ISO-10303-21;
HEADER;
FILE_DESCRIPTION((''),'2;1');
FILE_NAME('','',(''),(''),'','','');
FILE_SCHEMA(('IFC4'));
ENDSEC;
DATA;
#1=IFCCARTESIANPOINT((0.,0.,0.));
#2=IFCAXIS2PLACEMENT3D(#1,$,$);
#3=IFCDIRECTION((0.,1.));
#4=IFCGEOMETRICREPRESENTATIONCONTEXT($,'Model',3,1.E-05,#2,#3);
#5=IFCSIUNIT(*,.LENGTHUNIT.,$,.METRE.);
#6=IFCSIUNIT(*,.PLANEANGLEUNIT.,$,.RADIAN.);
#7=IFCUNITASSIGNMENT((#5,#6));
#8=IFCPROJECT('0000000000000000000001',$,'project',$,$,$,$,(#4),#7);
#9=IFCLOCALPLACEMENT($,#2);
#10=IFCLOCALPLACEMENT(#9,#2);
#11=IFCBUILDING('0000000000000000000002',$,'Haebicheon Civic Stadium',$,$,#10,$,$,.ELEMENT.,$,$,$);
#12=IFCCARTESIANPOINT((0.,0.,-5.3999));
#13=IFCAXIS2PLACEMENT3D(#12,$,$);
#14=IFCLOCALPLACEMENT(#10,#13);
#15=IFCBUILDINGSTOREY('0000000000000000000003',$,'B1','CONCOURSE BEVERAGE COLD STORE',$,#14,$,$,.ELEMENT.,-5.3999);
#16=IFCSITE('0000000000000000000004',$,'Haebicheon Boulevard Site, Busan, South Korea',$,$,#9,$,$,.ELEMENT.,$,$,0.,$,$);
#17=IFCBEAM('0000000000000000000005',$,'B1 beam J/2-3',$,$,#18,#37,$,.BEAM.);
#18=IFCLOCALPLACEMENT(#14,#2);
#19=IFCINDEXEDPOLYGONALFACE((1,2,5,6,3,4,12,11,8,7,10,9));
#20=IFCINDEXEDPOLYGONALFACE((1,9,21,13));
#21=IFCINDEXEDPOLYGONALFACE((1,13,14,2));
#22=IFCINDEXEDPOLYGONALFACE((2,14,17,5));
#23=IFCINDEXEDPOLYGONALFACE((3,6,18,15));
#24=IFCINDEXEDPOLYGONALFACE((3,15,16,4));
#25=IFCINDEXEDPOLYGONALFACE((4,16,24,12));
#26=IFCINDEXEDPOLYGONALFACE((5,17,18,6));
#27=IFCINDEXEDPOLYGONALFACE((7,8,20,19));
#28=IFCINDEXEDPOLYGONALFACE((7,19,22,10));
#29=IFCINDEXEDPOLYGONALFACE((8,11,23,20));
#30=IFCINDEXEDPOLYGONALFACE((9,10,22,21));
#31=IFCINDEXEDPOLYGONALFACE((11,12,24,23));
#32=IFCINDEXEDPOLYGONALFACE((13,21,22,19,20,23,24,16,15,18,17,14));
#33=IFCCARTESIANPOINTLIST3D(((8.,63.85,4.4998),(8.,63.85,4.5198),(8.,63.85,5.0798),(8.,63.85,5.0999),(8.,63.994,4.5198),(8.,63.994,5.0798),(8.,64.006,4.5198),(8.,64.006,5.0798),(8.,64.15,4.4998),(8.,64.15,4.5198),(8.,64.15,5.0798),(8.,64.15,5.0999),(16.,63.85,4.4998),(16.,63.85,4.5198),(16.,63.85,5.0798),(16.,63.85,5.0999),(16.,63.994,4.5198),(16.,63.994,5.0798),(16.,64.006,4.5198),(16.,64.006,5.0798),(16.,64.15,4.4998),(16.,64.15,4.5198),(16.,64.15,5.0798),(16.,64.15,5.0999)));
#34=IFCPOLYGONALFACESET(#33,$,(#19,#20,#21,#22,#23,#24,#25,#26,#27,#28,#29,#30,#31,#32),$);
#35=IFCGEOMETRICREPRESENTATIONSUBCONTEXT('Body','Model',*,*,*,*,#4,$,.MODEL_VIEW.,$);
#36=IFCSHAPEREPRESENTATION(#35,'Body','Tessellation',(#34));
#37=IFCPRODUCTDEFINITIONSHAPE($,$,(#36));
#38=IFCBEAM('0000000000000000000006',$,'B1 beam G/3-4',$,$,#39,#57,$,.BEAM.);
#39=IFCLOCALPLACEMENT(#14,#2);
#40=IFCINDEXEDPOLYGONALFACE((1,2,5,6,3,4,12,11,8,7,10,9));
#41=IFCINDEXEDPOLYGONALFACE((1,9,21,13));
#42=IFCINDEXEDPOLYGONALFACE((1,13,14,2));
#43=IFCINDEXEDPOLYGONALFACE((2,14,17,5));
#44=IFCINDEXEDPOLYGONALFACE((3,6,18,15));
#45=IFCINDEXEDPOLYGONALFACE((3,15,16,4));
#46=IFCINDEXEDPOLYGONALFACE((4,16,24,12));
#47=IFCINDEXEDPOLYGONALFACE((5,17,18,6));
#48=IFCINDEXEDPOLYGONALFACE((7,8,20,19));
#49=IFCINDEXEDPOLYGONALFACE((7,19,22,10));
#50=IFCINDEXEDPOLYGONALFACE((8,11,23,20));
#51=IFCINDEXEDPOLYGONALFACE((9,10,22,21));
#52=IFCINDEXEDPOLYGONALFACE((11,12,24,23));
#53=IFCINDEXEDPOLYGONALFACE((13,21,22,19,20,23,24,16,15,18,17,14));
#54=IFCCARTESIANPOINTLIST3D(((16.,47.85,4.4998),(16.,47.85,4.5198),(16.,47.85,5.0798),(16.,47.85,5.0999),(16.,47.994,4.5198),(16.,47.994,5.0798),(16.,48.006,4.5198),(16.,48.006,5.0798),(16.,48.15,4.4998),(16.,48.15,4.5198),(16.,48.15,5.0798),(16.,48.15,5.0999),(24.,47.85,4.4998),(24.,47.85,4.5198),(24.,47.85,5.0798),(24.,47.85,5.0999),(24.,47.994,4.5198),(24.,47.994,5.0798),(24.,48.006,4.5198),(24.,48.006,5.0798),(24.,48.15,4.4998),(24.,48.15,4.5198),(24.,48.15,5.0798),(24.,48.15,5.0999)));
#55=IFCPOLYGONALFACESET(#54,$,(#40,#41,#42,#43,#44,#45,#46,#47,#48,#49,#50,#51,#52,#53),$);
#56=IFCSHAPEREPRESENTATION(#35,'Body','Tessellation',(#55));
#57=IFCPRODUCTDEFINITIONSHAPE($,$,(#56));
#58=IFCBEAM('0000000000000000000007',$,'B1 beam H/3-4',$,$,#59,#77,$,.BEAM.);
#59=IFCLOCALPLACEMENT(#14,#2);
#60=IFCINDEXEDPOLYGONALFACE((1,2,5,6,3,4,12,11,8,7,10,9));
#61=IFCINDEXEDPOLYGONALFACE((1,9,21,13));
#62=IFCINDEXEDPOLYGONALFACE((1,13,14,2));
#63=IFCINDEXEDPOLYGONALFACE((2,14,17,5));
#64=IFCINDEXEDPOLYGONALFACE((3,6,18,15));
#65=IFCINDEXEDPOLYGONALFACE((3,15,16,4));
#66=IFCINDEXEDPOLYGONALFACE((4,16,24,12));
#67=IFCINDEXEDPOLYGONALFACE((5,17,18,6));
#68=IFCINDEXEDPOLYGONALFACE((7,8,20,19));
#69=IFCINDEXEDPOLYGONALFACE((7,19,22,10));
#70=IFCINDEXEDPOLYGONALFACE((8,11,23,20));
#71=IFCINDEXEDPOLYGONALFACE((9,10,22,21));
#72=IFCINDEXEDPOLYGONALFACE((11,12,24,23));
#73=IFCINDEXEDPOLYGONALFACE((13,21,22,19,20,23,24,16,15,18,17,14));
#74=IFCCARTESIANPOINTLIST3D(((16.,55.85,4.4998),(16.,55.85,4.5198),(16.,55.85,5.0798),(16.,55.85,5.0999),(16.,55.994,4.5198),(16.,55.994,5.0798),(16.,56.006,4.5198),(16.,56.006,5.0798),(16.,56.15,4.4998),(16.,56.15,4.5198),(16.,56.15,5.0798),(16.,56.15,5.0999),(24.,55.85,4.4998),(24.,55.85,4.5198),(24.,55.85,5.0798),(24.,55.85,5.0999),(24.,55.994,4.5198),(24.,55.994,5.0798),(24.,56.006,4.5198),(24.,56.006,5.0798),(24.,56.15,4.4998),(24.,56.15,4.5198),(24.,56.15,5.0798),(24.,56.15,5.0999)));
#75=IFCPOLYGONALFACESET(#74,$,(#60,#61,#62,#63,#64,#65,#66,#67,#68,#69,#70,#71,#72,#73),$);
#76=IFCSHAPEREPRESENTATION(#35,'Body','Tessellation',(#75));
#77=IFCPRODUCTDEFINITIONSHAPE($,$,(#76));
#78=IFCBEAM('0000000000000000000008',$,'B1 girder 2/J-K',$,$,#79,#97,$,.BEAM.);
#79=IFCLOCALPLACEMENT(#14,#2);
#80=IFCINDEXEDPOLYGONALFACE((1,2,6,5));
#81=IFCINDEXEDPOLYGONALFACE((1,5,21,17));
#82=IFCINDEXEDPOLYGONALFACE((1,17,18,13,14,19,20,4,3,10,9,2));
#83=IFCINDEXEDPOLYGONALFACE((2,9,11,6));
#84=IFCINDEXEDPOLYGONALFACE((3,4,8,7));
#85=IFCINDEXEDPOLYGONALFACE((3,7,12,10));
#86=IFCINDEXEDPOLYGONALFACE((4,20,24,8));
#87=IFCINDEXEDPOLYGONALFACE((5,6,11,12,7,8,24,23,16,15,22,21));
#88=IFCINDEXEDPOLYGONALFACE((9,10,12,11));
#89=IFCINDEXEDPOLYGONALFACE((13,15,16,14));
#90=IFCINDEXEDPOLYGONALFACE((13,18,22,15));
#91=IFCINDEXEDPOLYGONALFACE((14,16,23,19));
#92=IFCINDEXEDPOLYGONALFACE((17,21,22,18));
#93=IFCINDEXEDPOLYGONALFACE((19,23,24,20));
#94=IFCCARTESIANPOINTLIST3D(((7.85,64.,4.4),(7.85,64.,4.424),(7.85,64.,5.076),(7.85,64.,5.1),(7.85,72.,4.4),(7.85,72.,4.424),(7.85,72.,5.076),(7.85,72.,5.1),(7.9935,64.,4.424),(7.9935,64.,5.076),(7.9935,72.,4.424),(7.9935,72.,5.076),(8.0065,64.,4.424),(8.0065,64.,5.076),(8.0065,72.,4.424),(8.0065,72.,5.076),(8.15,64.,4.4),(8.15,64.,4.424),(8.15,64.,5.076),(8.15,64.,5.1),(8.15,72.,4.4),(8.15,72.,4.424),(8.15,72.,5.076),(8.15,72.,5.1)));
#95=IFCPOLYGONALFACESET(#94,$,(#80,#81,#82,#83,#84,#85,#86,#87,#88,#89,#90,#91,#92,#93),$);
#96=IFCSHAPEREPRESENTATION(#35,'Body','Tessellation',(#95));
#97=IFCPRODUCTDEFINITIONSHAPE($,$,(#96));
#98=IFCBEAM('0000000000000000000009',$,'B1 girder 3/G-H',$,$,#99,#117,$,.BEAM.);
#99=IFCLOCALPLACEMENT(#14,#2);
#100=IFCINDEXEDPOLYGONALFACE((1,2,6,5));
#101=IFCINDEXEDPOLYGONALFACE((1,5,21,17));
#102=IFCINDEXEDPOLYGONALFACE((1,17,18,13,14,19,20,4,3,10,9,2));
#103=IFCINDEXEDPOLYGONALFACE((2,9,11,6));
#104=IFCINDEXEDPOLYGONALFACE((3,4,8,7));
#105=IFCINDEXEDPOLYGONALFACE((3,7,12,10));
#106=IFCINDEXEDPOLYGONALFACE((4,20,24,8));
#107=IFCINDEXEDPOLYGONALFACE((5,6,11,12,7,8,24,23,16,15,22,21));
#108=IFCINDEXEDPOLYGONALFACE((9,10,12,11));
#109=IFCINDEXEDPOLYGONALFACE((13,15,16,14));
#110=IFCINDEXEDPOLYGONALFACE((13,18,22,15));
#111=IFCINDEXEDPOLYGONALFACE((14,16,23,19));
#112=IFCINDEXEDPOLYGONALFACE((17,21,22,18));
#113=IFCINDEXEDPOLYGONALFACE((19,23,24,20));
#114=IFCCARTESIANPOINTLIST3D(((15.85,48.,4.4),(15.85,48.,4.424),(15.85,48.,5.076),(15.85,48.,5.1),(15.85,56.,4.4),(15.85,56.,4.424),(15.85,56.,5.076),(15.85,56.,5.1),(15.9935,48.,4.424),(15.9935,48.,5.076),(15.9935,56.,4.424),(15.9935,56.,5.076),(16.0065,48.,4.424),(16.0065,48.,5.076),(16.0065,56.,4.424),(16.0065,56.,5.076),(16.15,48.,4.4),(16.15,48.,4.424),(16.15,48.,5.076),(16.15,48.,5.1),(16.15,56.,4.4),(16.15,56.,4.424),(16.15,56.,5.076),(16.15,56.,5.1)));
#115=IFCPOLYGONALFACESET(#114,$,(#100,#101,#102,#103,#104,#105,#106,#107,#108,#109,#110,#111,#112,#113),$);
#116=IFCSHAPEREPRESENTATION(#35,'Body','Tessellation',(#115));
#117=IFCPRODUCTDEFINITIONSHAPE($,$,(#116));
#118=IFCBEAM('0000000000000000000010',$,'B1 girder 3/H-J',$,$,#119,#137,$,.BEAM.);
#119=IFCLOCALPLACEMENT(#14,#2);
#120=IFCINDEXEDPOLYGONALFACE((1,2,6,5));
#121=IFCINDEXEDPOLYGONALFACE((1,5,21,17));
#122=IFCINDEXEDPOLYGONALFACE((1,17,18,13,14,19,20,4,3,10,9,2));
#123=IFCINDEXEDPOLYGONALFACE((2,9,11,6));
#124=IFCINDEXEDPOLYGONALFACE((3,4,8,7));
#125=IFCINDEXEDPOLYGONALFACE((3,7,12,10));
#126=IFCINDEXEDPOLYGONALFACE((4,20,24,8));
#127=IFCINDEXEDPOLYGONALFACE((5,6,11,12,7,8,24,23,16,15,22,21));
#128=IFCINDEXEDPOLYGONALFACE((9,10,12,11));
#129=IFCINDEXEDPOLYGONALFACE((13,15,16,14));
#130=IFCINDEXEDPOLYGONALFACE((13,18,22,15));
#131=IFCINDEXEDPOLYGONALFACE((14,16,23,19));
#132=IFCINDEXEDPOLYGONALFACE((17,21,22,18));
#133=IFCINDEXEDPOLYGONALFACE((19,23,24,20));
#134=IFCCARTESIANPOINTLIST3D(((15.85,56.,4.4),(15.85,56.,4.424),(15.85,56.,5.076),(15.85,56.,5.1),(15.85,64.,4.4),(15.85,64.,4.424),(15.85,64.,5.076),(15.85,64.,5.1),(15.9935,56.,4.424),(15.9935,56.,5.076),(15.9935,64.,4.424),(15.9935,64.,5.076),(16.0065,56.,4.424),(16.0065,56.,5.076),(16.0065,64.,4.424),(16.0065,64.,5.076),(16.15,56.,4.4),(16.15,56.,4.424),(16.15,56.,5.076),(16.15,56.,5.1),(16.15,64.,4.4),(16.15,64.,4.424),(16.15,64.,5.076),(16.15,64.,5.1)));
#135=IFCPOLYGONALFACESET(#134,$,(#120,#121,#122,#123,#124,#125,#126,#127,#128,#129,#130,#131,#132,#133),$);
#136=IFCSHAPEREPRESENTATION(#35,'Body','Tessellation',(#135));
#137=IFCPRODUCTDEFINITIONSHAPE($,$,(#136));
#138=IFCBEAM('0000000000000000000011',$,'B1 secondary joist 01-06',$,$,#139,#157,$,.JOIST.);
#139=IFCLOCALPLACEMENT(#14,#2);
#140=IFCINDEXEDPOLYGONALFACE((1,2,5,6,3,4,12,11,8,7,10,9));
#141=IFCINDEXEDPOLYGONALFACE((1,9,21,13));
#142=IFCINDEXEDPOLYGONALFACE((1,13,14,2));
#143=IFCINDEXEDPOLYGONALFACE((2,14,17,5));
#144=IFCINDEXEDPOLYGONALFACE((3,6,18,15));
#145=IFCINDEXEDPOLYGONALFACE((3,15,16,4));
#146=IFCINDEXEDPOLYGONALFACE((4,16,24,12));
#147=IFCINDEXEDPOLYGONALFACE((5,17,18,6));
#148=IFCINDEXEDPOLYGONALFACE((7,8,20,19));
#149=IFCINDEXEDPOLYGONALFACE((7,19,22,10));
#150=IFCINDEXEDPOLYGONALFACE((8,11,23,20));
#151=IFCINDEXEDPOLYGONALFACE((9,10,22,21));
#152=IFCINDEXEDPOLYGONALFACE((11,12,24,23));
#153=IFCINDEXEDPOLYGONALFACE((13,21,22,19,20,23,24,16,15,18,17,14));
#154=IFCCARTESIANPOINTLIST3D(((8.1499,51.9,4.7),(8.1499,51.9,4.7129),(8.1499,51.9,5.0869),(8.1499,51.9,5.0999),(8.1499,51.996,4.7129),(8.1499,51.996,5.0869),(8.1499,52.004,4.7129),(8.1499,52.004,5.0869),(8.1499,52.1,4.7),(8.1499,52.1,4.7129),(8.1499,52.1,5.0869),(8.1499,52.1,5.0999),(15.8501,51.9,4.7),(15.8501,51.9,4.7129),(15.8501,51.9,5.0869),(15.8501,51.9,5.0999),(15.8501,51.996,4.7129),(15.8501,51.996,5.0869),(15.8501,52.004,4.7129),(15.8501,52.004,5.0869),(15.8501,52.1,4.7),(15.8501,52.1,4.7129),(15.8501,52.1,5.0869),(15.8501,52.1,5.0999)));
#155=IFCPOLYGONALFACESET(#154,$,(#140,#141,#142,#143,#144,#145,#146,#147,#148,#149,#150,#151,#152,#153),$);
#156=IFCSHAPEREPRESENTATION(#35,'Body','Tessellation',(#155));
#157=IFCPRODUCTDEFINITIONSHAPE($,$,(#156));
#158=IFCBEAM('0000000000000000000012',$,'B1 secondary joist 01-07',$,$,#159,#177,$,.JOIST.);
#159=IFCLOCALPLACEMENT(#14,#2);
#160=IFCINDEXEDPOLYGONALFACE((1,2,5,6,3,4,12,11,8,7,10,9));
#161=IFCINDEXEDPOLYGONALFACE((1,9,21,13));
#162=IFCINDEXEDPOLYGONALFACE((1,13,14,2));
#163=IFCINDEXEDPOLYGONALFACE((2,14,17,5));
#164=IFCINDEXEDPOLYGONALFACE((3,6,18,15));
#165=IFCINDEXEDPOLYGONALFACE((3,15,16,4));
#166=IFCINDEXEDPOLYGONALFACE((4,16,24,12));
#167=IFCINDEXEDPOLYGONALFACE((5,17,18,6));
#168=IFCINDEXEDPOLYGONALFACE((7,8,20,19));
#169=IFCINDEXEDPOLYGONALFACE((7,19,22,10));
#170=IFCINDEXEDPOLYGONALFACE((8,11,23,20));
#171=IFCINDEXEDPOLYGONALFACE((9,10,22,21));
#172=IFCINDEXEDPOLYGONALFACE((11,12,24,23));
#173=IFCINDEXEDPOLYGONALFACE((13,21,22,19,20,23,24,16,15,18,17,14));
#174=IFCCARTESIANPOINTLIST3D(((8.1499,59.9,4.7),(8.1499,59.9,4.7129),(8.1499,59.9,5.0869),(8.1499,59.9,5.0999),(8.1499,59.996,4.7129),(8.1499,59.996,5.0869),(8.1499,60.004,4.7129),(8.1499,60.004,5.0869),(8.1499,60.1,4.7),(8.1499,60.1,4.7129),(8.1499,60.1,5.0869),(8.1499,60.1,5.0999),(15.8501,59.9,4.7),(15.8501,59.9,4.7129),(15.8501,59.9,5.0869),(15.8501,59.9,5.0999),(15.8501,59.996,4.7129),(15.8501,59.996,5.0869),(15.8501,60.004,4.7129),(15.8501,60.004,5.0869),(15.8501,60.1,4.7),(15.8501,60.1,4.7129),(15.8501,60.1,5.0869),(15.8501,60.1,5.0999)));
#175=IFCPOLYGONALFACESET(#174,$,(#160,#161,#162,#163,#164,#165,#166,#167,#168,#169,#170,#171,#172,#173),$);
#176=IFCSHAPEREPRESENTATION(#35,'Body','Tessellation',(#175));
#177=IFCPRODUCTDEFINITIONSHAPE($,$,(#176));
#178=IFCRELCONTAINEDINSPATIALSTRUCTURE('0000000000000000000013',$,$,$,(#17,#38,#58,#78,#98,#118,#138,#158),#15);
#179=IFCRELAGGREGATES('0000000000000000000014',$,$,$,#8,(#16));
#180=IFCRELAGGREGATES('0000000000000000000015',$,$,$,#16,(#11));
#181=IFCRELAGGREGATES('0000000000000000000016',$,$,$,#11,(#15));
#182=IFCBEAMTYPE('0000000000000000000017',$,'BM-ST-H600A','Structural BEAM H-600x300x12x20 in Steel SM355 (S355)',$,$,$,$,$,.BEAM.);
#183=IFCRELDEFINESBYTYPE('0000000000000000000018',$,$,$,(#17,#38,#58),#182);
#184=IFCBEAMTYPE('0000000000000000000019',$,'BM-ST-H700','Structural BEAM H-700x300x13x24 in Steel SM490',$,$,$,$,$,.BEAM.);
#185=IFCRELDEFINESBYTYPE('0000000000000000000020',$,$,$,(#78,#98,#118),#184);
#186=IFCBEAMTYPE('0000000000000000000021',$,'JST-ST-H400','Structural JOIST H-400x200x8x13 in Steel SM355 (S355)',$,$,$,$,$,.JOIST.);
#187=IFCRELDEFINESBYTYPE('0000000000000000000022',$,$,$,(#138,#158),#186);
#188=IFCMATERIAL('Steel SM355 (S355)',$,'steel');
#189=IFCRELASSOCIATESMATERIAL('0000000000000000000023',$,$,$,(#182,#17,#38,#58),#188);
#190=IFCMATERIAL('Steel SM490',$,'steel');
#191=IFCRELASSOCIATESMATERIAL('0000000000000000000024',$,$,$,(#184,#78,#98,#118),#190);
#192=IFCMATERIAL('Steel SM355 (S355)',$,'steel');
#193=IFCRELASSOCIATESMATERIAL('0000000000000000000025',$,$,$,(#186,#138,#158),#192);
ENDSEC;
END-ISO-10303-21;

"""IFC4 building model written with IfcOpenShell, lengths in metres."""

from ifc_helpers import new_model, si_unit, direction, frame, origin, origin_2d, place, context, subcontext, project, spatial, i_section, extrude, material, material_profile, profile_set, type_object, element, save


model = new_model("IFC4")

# Units and contexts
model_context = context("Model", 3, precision=1e-05, world=origin(), true_north=direction((0.0, 1.0)))
body_context = subcontext(model_context, "Body", "Model", "MODEL_VIEW")
ifc_project = project(units=[si_unit("LENGTHUNIT", "METRE"), si_unit("PLANEANGLEUNIT", "RADIAN")], contexts=[model_context])

# Site, building, storey
site_placement = place(None, origin())
site = spatial("IfcSite", under=ifc_project, at=site_placement, Name="Haebicheon Boulevard Site, Busan, South Korea", CompositionType="ELEMENT", RefElevation=0.0)
building_placement = place(site_placement, origin())
building = spatial("IfcBuilding", under=site, at=building_placement, Name="Haebicheon Civic Stadium", CompositionType="ELEMENT")
storey_placement = place(building_placement, frame((0.0, 0.0, -5.3999)))
storey = spatial("IfcBuildingStorey", under=building, at=storey_placement, Name="B1", Description="CONCOURSE BEVERAGE COLD STORE", CompositionType="ELEMENT", Elevation=-5.3999)

# Beams
ifc_material_1 = material(Name="Steel SM355 (S355)", Category="steel")
ifc_material_profile_1 = material_profile(ifc_material_1, i_section(OverallWidth=0.3, OverallDepth=0.6001, WebThickness=0.012, FlangeThickness=0.02, at=origin_2d()), Name="H-600x300x12x20")
ifc_profile_set_1 = profile_set([ifc_material_profile_1], Name="Steel SM355 (S355)")
beam_type_1 = type_object("IfcBeamType", Name="BM-ST-H600A", Description="Structural BEAM H-600x300x12x20 in Steel SM355 (S355)", PredefinedType="BEAM", material=ifc_profile_set_1)
for number, where, z_axis, x_axis, name in (
    (1, (8.0, 64.0, 4.7998), (1.0, 0.0, 0.0), (0.0, 1.0, 0.0), "B1 beam J/2-3"),
    (2, (16.0, 48.0, 4.7998), (1.0, 0.0, 0.0), (0.0, 1.0, 0.0), "B1 beam G/3-4"),
    (3, (16.0, 56.0, 4.7998), (1.0, 0.0, 0.0), (0.0, 1.0, 0.0), "B1 beam H/3-4"),
):
    element("IfcBeam", number, at=place(storey_placement, frame(where, z_axis=z_axis, x_axis=x_axis)), inside=storey, type_object=beam_type_1, material=ifc_profile_set_1, Name=name, PredefinedType="BEAM", context=body_context, shape_type="SweptSolid", body=[
        extrude(i_section(OverallWidth=0.3, OverallDepth=0.6001, WebThickness=0.012, FlangeThickness=0.02, at=origin_2d()), origin(), (0.0, 0.0, 1.0), 8.0),
    ])
ifc_material_2 = material(Name="Steel SM490", Category="steel")
ifc_material_profile_2 = material_profile(ifc_material_2, i_section(OverallWidth=0.3, OverallDepth=0.7, WebThickness=0.0129, FlangeThickness=0.0239, at=origin_2d()), Name="H-700x300x13x24")
ifc_profile_set_2 = profile_set([ifc_material_profile_2], Name="Steel SM490")
beam_type_2 = type_object("IfcBeamType", Name="BM-ST-H700", Description="Structural BEAM H-700x300x13x24 in Steel SM490", PredefinedType="BEAM", material=ifc_profile_set_2)
for number, where, z_axis, x_axis, name in (
    (4, (8.0, 64.0, 4.75), (0.0, 1.0, 0.0), (-1.0, 0.0, 0.0), "B1 girder 2/J-K"),
    (5, (16.0, 48.0, 4.75), (0.0, 1.0, 0.0), (-1.0, 0.0, 0.0), "B1 girder 3/G-H"),
    (6, (16.0, 56.0, 4.75), (0.0, 1.0, 0.0), (-1.0, 0.0, 0.0), "B1 girder 3/H-J"),
):
    element("IfcBeam", number, at=place(storey_placement, frame(where, z_axis=z_axis, x_axis=x_axis)), inside=storey, type_object=beam_type_2, material=ifc_profile_set_2, Name=name, PredefinedType="BEAM", context=body_context, shape_type="SweptSolid", body=[
        extrude(i_section(OverallWidth=0.3, OverallDepth=0.7, WebThickness=0.0129, FlangeThickness=0.0239, at=origin_2d()), origin(), (0.0, 0.0, 1.0), 8.0),
    ])
ifc_material_3 = material(Name="Steel SM355 (S355)", Category="steel")
ifc_material_profile_3 = material_profile(ifc_material_3, i_section(OverallWidth=0.2, OverallDepth=0.3999, WebThickness=0.0081, FlangeThickness=0.0129, at=origin_2d()), Name="H-400x200x8x13")
ifc_profile_set_3 = profile_set([ifc_material_profile_3], Name="Steel SM355 (S355)")
beam_type_3 = type_object("IfcBeamType", Name="JST-ST-H400", Description="Structural JOIST H-400x200x8x13 in Steel SM355 (S355)", PredefinedType="JOIST", material=ifc_profile_set_3)
for number, where, z_axis, x_axis, name in (
    (7, (8.1499, 52.0, 4.8999), (1.0, 0.0, 0.0), (0.0, 1.0, 0.0), "B1 secondary joist 01-06"),
    (8, (8.1499, 60.0, 4.8999), (1.0, 0.0, 0.0), (0.0, 1.0, 0.0), "B1 secondary joist 01-07"),
):
    element("IfcBeam", number, at=place(storey_placement, frame(where, z_axis=z_axis, x_axis=x_axis)), inside=storey, type_object=beam_type_3, material=ifc_profile_set_3, Name=name, PredefinedType="JOIST", context=body_context, shape_type="SweptSolid", body=[
        extrude(i_section(OverallWidth=0.2, OverallDepth=0.3999, WebThickness=0.0081, FlangeThickness=0.0129, at=origin_2d()), origin(), (0.0, 0.0, 1.0), 7.7002),
    ])

save(model, "model.ifc")
